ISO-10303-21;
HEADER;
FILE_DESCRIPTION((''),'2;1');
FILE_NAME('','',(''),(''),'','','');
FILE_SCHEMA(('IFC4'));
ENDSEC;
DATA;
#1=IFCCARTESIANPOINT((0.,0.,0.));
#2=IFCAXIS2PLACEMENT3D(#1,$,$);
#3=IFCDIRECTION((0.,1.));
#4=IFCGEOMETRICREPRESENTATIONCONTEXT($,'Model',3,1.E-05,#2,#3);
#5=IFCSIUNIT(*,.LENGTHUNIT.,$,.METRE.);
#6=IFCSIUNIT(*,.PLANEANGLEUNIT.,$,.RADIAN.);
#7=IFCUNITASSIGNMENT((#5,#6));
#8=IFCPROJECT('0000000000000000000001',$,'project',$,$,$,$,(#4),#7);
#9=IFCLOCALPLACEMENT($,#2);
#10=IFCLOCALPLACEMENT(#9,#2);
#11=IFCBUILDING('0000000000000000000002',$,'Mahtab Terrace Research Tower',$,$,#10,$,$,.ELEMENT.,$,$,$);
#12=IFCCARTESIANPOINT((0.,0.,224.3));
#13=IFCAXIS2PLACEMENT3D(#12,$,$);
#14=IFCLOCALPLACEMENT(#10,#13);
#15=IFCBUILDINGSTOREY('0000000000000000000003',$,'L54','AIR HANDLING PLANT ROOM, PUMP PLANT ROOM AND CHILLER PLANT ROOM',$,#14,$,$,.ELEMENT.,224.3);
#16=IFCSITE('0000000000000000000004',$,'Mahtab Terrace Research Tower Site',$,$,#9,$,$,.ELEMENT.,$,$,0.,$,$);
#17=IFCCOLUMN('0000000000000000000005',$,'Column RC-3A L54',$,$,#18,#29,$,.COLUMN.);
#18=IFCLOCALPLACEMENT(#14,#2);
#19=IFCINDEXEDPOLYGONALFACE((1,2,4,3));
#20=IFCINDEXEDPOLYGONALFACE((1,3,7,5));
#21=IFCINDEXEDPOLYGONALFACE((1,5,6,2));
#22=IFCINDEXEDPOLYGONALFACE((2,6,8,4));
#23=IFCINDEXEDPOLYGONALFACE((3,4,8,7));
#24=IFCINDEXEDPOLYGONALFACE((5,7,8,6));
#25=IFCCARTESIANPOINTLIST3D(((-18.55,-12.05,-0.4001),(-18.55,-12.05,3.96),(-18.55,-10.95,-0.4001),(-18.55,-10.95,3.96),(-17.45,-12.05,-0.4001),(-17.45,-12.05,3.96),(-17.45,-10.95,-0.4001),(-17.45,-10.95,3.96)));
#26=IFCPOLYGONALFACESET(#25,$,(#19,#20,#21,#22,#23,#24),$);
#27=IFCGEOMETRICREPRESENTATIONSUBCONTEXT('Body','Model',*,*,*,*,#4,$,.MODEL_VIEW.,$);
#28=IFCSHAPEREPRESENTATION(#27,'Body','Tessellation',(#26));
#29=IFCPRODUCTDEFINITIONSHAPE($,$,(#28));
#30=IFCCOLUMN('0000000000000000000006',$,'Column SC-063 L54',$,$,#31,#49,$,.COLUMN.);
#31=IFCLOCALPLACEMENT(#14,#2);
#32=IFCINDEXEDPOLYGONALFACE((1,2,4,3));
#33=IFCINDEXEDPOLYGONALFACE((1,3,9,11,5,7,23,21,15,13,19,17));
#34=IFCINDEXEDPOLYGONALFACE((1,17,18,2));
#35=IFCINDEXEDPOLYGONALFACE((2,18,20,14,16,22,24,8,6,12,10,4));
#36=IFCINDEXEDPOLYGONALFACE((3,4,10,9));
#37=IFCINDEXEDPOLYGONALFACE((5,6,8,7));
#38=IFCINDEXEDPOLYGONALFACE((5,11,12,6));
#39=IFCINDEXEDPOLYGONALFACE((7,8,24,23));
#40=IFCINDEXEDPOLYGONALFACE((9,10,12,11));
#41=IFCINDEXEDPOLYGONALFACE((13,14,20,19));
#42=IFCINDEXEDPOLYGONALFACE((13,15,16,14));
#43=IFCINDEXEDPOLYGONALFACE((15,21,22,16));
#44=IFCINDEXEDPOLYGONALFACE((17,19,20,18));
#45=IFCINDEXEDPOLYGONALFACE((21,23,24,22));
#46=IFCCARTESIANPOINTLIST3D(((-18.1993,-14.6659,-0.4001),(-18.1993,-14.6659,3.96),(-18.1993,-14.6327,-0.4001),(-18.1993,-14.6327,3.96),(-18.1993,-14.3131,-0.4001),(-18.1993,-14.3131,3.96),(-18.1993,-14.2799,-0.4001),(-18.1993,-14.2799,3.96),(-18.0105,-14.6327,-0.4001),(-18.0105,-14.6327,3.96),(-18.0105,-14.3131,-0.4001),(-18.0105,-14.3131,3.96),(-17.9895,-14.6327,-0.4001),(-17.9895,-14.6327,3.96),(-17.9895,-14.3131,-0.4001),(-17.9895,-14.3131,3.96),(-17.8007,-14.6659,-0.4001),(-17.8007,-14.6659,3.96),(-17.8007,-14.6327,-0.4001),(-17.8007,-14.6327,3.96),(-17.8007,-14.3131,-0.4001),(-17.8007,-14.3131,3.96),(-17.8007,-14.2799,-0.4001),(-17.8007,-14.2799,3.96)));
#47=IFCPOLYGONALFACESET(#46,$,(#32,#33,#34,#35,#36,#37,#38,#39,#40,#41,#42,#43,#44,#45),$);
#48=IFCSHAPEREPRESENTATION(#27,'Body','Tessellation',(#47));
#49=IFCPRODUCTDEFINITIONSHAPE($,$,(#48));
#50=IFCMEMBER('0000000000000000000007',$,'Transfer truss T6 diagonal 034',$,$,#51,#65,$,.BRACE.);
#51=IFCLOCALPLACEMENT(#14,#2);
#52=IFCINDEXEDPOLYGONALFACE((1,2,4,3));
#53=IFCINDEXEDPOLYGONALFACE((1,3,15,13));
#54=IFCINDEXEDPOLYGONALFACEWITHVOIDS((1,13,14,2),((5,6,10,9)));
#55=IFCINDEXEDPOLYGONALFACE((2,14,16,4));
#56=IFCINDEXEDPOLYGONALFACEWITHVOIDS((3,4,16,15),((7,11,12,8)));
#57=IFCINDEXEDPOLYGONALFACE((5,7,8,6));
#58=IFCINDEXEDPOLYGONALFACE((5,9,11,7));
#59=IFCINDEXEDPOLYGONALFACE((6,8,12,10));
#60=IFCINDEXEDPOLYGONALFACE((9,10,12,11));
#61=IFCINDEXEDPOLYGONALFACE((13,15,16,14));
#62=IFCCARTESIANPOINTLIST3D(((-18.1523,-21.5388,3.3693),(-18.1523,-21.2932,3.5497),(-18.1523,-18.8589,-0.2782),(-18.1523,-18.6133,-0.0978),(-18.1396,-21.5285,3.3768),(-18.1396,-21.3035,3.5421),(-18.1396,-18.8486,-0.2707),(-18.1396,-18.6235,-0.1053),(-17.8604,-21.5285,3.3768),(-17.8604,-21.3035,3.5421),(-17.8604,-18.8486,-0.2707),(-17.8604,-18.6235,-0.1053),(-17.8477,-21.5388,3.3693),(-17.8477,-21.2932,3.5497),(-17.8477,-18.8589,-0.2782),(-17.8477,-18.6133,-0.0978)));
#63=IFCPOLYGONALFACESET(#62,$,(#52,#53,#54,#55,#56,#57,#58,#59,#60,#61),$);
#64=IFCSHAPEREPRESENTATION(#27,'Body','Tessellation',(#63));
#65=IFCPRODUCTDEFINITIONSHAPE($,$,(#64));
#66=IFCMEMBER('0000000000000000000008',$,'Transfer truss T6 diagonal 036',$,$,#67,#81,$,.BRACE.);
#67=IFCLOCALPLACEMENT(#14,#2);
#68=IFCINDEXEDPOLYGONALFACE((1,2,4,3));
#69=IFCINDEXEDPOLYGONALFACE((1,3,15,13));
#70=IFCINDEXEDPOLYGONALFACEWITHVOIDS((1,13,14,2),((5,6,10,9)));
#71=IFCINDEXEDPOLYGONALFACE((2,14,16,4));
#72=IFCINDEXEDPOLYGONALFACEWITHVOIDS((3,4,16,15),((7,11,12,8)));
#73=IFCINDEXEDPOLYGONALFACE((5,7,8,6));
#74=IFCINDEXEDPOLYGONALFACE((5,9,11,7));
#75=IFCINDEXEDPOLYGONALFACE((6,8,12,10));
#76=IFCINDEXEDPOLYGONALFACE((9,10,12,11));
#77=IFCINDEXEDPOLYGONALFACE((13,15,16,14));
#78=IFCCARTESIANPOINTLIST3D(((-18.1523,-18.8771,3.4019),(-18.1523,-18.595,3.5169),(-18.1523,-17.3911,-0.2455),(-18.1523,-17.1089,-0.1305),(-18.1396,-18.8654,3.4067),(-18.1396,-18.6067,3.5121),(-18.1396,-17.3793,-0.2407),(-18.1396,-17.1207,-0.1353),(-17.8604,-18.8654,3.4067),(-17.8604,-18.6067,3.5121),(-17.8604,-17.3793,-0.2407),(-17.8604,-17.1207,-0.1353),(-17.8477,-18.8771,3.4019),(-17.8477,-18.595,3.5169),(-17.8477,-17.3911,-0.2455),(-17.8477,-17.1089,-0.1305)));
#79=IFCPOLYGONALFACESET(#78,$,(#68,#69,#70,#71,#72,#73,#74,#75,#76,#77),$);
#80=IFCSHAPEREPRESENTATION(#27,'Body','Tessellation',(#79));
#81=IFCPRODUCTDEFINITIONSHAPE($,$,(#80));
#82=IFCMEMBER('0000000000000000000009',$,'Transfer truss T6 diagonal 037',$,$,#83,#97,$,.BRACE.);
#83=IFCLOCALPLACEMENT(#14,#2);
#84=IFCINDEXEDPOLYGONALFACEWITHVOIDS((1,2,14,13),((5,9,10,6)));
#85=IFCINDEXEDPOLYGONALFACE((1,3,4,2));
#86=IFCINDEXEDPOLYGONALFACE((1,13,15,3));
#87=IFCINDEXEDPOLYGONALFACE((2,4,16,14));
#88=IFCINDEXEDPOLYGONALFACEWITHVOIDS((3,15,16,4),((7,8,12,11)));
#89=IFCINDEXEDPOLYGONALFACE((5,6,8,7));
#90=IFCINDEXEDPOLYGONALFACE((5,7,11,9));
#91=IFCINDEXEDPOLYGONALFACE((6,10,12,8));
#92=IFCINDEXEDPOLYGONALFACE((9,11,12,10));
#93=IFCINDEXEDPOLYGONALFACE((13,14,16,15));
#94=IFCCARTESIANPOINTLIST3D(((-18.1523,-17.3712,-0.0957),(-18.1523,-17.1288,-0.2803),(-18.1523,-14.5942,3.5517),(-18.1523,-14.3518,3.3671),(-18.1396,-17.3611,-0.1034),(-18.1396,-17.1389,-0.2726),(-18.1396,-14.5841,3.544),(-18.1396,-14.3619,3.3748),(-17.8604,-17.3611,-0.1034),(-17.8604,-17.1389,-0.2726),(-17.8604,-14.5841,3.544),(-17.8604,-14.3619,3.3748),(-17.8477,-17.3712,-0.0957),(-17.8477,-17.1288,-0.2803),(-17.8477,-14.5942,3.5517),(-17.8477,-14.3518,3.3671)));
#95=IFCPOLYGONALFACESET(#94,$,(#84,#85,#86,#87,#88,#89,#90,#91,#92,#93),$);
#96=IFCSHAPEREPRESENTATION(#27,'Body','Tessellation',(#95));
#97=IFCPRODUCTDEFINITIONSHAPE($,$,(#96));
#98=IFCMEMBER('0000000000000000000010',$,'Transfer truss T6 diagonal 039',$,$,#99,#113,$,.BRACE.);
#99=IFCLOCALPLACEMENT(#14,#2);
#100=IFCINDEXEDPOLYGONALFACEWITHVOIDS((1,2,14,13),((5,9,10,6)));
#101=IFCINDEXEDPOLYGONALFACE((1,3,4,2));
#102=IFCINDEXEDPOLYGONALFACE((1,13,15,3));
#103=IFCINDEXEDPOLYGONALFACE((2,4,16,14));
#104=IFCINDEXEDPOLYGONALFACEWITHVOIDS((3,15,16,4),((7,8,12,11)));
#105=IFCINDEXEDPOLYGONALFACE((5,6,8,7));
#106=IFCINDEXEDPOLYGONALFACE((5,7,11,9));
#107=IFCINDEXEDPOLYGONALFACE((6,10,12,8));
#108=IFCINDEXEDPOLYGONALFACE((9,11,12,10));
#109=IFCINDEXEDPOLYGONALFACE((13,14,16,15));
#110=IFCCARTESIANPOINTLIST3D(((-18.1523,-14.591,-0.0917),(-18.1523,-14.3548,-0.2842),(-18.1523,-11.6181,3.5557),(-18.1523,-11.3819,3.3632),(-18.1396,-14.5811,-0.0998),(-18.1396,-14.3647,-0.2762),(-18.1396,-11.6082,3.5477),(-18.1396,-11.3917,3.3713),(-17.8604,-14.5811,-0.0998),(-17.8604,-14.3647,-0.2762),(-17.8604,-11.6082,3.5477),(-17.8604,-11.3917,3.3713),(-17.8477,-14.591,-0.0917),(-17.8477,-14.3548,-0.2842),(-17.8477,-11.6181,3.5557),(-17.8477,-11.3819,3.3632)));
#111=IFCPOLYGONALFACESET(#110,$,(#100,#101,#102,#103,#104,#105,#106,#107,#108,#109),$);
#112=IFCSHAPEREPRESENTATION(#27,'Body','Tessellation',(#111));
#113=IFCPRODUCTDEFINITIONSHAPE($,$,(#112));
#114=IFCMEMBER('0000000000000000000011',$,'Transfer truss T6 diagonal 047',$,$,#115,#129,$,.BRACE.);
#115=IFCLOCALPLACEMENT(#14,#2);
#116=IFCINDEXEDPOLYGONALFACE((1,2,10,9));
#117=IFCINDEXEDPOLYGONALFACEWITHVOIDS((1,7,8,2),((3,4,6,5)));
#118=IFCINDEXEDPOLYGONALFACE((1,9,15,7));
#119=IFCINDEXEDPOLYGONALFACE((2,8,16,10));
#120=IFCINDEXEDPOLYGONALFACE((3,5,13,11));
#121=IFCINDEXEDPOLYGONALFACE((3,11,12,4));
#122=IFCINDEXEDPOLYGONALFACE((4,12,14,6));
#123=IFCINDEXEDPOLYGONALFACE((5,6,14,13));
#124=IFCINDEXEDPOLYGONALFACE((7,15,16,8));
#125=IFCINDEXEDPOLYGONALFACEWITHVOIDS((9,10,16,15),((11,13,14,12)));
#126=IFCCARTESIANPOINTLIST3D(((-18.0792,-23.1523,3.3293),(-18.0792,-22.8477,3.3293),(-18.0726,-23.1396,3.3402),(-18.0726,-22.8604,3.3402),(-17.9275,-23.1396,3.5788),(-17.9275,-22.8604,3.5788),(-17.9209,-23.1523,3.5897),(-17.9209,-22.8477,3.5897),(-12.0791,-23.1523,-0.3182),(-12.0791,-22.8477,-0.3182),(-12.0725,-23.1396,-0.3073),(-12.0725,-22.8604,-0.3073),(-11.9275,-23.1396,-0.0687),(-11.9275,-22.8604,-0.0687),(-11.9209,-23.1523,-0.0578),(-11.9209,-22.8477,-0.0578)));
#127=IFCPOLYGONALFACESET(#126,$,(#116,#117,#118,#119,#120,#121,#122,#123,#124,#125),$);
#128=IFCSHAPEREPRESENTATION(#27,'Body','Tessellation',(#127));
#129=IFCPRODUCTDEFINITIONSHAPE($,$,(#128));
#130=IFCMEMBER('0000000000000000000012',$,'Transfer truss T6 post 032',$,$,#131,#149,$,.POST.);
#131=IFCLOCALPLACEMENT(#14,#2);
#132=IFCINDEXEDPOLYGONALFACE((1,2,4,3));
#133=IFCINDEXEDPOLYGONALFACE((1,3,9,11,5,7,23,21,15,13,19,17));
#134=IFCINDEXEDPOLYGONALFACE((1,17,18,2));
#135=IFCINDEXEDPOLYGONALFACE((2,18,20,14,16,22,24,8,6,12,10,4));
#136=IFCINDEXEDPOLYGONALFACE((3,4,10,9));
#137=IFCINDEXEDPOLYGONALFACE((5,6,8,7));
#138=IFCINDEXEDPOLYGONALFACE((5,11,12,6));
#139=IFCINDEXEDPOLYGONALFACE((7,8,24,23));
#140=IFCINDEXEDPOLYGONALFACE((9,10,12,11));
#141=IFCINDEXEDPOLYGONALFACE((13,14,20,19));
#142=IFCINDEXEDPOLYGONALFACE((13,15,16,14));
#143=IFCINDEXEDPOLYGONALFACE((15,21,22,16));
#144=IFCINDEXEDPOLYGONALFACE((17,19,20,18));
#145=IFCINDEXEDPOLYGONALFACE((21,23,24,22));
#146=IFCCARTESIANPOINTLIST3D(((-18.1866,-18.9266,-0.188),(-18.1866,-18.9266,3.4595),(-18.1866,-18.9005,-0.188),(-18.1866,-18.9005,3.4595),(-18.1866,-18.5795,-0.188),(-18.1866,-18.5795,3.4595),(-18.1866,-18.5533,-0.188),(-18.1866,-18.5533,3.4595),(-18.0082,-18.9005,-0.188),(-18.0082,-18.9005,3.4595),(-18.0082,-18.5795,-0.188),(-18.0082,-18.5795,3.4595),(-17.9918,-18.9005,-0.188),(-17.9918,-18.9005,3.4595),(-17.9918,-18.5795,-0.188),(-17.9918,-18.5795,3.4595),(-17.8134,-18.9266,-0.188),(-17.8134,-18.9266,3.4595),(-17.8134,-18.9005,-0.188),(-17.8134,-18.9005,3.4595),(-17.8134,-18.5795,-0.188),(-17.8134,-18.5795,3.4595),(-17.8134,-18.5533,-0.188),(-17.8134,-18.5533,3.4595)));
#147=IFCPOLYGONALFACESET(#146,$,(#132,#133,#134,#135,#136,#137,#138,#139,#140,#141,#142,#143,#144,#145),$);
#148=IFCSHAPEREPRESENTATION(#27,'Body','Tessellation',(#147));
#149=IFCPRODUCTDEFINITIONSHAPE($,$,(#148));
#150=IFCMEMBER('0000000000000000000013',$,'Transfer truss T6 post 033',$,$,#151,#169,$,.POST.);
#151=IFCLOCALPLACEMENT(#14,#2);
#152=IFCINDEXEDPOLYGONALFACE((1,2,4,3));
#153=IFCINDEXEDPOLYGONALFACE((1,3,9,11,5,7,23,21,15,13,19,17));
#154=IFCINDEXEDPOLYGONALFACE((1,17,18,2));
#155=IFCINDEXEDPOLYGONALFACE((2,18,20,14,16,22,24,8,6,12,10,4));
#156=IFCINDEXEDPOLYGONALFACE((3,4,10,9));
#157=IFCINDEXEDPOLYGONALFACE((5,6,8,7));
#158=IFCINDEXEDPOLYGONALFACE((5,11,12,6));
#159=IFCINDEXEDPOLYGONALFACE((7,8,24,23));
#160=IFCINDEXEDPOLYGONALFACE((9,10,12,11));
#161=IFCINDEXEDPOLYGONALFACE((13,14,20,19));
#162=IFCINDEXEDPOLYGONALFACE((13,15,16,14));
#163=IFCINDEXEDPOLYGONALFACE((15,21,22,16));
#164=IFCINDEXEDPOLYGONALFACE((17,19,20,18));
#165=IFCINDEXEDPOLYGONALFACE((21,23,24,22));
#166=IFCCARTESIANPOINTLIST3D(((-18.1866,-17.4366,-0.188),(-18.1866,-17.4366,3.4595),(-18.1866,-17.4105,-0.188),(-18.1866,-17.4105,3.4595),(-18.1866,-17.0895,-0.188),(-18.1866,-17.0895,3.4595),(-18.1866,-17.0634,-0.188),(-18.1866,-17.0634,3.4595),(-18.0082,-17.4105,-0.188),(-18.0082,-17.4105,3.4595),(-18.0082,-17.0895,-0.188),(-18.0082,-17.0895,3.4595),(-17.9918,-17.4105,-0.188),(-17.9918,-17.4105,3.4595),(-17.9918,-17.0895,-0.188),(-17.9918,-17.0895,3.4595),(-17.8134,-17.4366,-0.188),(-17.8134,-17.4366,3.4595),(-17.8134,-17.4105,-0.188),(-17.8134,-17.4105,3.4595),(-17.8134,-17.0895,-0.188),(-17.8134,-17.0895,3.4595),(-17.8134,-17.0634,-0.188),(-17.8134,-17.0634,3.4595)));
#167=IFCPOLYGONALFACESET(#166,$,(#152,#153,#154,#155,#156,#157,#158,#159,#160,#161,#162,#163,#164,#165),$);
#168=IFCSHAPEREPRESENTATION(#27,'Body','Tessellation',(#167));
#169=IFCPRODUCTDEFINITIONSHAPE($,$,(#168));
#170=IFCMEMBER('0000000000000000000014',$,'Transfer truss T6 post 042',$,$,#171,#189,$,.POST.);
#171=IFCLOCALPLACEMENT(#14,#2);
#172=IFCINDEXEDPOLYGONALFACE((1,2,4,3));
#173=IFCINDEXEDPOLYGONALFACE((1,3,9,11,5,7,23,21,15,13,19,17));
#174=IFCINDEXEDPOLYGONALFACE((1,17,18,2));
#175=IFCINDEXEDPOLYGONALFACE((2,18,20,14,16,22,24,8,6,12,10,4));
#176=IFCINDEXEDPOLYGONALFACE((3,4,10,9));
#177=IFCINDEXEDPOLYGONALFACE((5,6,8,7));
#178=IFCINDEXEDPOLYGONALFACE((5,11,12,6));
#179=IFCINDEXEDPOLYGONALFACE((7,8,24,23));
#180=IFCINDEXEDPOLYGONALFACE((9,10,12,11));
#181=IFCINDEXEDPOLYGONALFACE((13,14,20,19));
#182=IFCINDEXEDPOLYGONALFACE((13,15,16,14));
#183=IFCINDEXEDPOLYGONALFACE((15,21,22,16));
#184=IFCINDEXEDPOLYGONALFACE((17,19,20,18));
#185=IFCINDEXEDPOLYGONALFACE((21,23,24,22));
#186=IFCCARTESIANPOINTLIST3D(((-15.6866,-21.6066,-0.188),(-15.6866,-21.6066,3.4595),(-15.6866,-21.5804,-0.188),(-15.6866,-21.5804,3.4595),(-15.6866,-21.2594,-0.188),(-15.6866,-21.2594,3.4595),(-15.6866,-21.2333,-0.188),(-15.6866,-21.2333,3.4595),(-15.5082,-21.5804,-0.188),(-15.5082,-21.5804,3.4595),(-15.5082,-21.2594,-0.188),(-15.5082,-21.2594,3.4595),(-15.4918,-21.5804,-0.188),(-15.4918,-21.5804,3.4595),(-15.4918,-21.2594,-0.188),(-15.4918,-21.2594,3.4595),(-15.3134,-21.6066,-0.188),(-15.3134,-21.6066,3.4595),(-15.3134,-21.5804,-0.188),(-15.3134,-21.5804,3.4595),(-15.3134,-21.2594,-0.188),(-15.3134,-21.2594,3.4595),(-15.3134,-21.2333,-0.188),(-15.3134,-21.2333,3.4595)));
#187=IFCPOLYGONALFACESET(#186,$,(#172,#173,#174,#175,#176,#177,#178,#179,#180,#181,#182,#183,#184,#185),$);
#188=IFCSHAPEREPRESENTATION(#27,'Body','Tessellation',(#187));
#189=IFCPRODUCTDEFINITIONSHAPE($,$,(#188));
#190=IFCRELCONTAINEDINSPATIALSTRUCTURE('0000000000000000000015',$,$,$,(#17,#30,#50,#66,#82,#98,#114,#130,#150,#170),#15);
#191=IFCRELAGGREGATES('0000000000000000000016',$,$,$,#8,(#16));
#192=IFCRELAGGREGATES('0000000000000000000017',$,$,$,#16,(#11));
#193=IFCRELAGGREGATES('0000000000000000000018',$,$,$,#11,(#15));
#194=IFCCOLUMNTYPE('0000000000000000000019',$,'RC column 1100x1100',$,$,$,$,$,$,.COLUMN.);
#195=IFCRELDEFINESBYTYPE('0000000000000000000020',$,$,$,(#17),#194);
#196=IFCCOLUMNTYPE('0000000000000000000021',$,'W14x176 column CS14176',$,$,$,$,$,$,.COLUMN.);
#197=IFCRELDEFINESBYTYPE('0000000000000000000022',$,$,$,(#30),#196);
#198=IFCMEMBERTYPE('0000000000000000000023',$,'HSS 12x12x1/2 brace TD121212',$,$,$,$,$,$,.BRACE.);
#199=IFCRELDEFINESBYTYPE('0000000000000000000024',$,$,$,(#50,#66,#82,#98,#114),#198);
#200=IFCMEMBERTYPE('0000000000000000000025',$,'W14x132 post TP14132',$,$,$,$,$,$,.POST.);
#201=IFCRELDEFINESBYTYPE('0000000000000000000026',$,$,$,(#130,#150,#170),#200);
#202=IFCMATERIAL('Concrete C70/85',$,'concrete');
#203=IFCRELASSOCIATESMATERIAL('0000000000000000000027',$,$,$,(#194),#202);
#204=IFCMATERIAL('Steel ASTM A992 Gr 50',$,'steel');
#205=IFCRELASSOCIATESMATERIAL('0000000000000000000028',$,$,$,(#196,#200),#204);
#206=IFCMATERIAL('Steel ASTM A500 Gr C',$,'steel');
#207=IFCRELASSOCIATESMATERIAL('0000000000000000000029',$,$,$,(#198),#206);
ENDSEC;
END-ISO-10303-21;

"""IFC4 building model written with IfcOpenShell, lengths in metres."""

from ifc_helpers import new_model, si_unit, direction, frame, origin, origin_2d, place, context, subcontext, project, spatial, rectangle, hollow_rectangle, i_section, extrude, material, material_profile, profile_set, type_object, element, save


model = new_model("IFC4")

# Units and contexts
model_context = context("Model", 3, precision=1e-05, world=origin(), true_north=direction((0.0, 1.0)))
body_context = subcontext(model_context, "Body", "Model", "MODEL_VIEW")
ifc_project = project(units=[si_unit("LENGTHUNIT", "METRE"), si_unit("PLANEANGLEUNIT", "RADIAN")], contexts=[model_context])

# Site, building, storey
site_placement = place(None, origin())
site = spatial("IfcSite", under=ifc_project, at=site_placement, Name="Mahtab Terrace Research Tower Site", CompositionType="ELEMENT", RefElevation=0.0)
building_placement = place(site_placement, origin())
building = spatial("IfcBuilding", under=site, at=building_placement, Name="Mahtab Terrace Research Tower", CompositionType="ELEMENT")
storey_placement = place(building_placement, frame((0.0, 0.0, 224.3)))
storey = spatial("IfcBuildingStorey", under=building, at=storey_placement, Name="L54", Description="AIR HANDLING PLANT ROOM, PUMP PLANT ROOM AND CHILLER PLANT ROOM", CompositionType="ELEMENT", Elevation=224.3)

# Columns
ifc_material_1 = material(Name="Concrete C70/85", Category="concrete")
ifc_material_profile_1 = material_profile(ifc_material_1, rectangle(XDim=1.1001, YDim=1.1001, at=origin_2d()), Name="RC column 1100x1100")
ifc_profile_set_1 = profile_set([ifc_material_profile_1], Name="Concrete C70/85")
column_type_1 = type_object("IfcColumnType", Name="RC column 1100x1100", PredefinedType="COLUMN", material=ifc_profile_set_1)
column_1_placement = place(storey_placement, frame((-18.0, -11.5, -0.4001), z_axis=(0.0, 0.0, 1.0), x_axis=(1.0, 0.0, 0.0)))
element("IfcColumn", 1, at=column_1_placement, inside=storey, type_object=column_type_1, Name="Column RC-3A L54", PredefinedType="COLUMN", context=body_context, shape_type="SweptSolid", body=[
    extrude(rectangle(XDim=1.1001, YDim=1.1001, at=origin_2d()), origin(), (0.0, 0.0, 1.0), 4.3601),
])
ifc_material_2 = material(Name="Steel ASTM A992 Gr 50", Category="steel")
ifc_material_profile_2 = material_profile(ifc_material_2, i_section(OverallWidth=0.3987, OverallDepth=0.386, WebThickness=0.021, FlangeThickness=0.0332, at=origin_2d()), Name="W14X176")
ifc_profile_set_2 = profile_set([ifc_material_profile_2], Name="Steel ASTM A992 Gr 50")
column_type_2 = type_object("IfcColumnType", Name="W14x176 column CS14176", PredefinedType="COLUMN", material=ifc_profile_set_2)
column_2_placement = place(storey_placement, frame((-18.0, -14.4729, -0.4001), z_axis=(0.0, 0.0, 1.0), x_axis=(1.0, 0.0, 0.0)))
element("IfcColumn", 2, at=column_2_placement, inside=storey, type_object=column_type_2, Name="Column SC-063 L54", PredefinedType="COLUMN", context=body_context, shape_type="SweptSolid", body=[
    extrude(i_section(OverallWidth=0.3987, OverallDepth=0.386, WebThickness=0.021, FlangeThickness=0.0332, at=origin_2d()), origin(), (0.0, 0.0, 1.0), 4.3601),
])

# Members
ifc_material_3 = material(Name="Steel ASTM A500 Gr C", Category="steel")
ifc_material_profile_3 = material_profile(ifc_material_3, hollow_rectangle(XDim=0.3047, YDim=0.3047, WallThickness=0.0127, at=origin_2d()), Name="HSS12X12X1/2")
ifc_profile_set_3 = profile_set([ifc_material_profile_3], Name="Steel ASTM A500 Gr C")
member_type_1 = type_object("IfcMemberType", Name="HSS 12x12x1/2 brace TD121212", PredefinedType="BRACE", material=ifc_profile_set_3)
member_1_placement = place(storey_placement, frame((-18.0, -18.7361, -0.188), z_axis=(0.0, -0.5921, 0.805864), x_axis=(1.0, 0.0, 0.0)))
element("IfcMember", 3, at=member_1_placement, inside=storey, type_object=member_type_1, Name="Transfer truss T6 diagonal 034", PredefinedType="BRACE", context=body_context, shape_type="SweptSolid", body=[
    extrude(hollow_rectangle(XDim=0.3047, YDim=0.3047, WallThickness=0.0127, at=origin_2d()), origin(), (0.0, 0.0, 1.0), 4.5261),
])
member_2_placement = place(storey_placement, frame((-18.0, -17.25, -0.188), z_axis=(0.0, -0.377315, 0.926085), x_axis=(1.0, 0.0, 0.0)))
element("IfcMember", 4, at=member_2_placement, inside=storey, type_object=member_type_1, Name="Transfer truss T6 diagonal 036", PredefinedType="BRACE", context=body_context, shape_type="SweptSolid", body=[
    extrude(hollow_rectangle(XDim=0.3047, YDim=0.3047, WallThickness=0.0127, at=origin_2d()), origin(), (0.0, 0.0, 1.0), 3.9385),
])
member_3_placement = place(storey_placement, frame((-18.0, -17.25, -0.188), z_axis=(0.0, 0.605778, 0.795633), x_axis=(-1.0, 0.0, 0.0)))
element("IfcMember", 5, at=member_3_placement, inside=storey, type_object=member_type_1, Name="Transfer truss T6 diagonal 037", PredefinedType="BRACE", context=body_context, shape_type="SweptSolid", body=[
    extrude(hollow_rectangle(XDim=0.3047, YDim=0.3047, WallThickness=0.0127, at=origin_2d()), origin(), (0.0, 0.0, 1.0), 4.5842),
])
member_4_placement = place(storey_placement, frame((-18.0, -14.4729, -0.188), z_axis=(0.0, 0.631787, 0.775142), x_axis=(-1.0, 0.0, 0.0)))
element("IfcMember", 6, at=member_4_placement, inside=storey, type_object=member_type_1, Name="Transfer truss T6 diagonal 039", PredefinedType="BRACE", context=body_context, shape_type="SweptSolid", body=[
    extrude(hollow_rectangle(XDim=0.3047, YDim=0.3047, WallThickness=0.0127, at=origin_2d()), origin(), (0.0, 0.0, 1.0), 4.7056),
])
member_5_placement = place(storey_placement, frame((-12.0, -23.0, -0.188), z_axis=(-0.854497, 0.0, 0.519457), x_axis=(0.0, -1.0, 0.0)))
element("IfcMember", 7, at=member_5_placement, inside=storey, type_object=member_type_1, Name="Transfer truss T6 diagonal 047", PredefinedType="BRACE", context=body_context, shape_type="SweptSolid", body=[
    extrude(hollow_rectangle(XDim=0.3047, YDim=0.3047, WallThickness=0.0127, at=origin_2d()), origin(), (0.0, 0.0, 1.0), 7.0217),
])
ifc_material_profile_4 = material_profile(ifc_material_2, i_section(OverallWidth=0.3733, OverallDepth=0.3733, WebThickness=0.0164, FlangeThickness=0.0261, at=origin_2d()), Name="W14X132")
ifc_profile_set_4 = profile_set([ifc_material_profile_4], Name="Steel ASTM A992 Gr 50")
member_type_2 = type_object("IfcMemberType", Name="W14x132 post TP14132", PredefinedType="POST", material=ifc_profile_set_4)
for number, where, z_axis, x_axis, name in (
    (8, (-18.0, -18.74, -0.188), (0.0, 0.0, 1.0), (1.0, 0.0, 0.0), "Transfer truss T6 post 032"),
    (9, (-18.0, -17.25, -0.188), (0.0, 0.0, 1.0), (1.0, 0.0, 0.0), "Transfer truss T6 post 033"),
    (10, (-15.5, -21.4199, -0.188), (0.0, 0.0, 1.0), (1.0, 0.0, 0.0), "Transfer truss T6 post 042"),
):
    element("IfcMember", number, at=place(storey_placement, frame(where, z_axis=z_axis, x_axis=x_axis)), inside=storey, type_object=member_type_2, Name=name, PredefinedType="POST", context=body_context, shape_type="SweptSolid", body=[
        extrude(i_section(OverallWidth=0.3733, OverallDepth=0.3733, WebThickness=0.0164, FlangeThickness=0.0261, at=origin_2d()), origin(), (0.0, 0.0, 1.0), 3.6475),
    ])

save(model, "model.ifc")
